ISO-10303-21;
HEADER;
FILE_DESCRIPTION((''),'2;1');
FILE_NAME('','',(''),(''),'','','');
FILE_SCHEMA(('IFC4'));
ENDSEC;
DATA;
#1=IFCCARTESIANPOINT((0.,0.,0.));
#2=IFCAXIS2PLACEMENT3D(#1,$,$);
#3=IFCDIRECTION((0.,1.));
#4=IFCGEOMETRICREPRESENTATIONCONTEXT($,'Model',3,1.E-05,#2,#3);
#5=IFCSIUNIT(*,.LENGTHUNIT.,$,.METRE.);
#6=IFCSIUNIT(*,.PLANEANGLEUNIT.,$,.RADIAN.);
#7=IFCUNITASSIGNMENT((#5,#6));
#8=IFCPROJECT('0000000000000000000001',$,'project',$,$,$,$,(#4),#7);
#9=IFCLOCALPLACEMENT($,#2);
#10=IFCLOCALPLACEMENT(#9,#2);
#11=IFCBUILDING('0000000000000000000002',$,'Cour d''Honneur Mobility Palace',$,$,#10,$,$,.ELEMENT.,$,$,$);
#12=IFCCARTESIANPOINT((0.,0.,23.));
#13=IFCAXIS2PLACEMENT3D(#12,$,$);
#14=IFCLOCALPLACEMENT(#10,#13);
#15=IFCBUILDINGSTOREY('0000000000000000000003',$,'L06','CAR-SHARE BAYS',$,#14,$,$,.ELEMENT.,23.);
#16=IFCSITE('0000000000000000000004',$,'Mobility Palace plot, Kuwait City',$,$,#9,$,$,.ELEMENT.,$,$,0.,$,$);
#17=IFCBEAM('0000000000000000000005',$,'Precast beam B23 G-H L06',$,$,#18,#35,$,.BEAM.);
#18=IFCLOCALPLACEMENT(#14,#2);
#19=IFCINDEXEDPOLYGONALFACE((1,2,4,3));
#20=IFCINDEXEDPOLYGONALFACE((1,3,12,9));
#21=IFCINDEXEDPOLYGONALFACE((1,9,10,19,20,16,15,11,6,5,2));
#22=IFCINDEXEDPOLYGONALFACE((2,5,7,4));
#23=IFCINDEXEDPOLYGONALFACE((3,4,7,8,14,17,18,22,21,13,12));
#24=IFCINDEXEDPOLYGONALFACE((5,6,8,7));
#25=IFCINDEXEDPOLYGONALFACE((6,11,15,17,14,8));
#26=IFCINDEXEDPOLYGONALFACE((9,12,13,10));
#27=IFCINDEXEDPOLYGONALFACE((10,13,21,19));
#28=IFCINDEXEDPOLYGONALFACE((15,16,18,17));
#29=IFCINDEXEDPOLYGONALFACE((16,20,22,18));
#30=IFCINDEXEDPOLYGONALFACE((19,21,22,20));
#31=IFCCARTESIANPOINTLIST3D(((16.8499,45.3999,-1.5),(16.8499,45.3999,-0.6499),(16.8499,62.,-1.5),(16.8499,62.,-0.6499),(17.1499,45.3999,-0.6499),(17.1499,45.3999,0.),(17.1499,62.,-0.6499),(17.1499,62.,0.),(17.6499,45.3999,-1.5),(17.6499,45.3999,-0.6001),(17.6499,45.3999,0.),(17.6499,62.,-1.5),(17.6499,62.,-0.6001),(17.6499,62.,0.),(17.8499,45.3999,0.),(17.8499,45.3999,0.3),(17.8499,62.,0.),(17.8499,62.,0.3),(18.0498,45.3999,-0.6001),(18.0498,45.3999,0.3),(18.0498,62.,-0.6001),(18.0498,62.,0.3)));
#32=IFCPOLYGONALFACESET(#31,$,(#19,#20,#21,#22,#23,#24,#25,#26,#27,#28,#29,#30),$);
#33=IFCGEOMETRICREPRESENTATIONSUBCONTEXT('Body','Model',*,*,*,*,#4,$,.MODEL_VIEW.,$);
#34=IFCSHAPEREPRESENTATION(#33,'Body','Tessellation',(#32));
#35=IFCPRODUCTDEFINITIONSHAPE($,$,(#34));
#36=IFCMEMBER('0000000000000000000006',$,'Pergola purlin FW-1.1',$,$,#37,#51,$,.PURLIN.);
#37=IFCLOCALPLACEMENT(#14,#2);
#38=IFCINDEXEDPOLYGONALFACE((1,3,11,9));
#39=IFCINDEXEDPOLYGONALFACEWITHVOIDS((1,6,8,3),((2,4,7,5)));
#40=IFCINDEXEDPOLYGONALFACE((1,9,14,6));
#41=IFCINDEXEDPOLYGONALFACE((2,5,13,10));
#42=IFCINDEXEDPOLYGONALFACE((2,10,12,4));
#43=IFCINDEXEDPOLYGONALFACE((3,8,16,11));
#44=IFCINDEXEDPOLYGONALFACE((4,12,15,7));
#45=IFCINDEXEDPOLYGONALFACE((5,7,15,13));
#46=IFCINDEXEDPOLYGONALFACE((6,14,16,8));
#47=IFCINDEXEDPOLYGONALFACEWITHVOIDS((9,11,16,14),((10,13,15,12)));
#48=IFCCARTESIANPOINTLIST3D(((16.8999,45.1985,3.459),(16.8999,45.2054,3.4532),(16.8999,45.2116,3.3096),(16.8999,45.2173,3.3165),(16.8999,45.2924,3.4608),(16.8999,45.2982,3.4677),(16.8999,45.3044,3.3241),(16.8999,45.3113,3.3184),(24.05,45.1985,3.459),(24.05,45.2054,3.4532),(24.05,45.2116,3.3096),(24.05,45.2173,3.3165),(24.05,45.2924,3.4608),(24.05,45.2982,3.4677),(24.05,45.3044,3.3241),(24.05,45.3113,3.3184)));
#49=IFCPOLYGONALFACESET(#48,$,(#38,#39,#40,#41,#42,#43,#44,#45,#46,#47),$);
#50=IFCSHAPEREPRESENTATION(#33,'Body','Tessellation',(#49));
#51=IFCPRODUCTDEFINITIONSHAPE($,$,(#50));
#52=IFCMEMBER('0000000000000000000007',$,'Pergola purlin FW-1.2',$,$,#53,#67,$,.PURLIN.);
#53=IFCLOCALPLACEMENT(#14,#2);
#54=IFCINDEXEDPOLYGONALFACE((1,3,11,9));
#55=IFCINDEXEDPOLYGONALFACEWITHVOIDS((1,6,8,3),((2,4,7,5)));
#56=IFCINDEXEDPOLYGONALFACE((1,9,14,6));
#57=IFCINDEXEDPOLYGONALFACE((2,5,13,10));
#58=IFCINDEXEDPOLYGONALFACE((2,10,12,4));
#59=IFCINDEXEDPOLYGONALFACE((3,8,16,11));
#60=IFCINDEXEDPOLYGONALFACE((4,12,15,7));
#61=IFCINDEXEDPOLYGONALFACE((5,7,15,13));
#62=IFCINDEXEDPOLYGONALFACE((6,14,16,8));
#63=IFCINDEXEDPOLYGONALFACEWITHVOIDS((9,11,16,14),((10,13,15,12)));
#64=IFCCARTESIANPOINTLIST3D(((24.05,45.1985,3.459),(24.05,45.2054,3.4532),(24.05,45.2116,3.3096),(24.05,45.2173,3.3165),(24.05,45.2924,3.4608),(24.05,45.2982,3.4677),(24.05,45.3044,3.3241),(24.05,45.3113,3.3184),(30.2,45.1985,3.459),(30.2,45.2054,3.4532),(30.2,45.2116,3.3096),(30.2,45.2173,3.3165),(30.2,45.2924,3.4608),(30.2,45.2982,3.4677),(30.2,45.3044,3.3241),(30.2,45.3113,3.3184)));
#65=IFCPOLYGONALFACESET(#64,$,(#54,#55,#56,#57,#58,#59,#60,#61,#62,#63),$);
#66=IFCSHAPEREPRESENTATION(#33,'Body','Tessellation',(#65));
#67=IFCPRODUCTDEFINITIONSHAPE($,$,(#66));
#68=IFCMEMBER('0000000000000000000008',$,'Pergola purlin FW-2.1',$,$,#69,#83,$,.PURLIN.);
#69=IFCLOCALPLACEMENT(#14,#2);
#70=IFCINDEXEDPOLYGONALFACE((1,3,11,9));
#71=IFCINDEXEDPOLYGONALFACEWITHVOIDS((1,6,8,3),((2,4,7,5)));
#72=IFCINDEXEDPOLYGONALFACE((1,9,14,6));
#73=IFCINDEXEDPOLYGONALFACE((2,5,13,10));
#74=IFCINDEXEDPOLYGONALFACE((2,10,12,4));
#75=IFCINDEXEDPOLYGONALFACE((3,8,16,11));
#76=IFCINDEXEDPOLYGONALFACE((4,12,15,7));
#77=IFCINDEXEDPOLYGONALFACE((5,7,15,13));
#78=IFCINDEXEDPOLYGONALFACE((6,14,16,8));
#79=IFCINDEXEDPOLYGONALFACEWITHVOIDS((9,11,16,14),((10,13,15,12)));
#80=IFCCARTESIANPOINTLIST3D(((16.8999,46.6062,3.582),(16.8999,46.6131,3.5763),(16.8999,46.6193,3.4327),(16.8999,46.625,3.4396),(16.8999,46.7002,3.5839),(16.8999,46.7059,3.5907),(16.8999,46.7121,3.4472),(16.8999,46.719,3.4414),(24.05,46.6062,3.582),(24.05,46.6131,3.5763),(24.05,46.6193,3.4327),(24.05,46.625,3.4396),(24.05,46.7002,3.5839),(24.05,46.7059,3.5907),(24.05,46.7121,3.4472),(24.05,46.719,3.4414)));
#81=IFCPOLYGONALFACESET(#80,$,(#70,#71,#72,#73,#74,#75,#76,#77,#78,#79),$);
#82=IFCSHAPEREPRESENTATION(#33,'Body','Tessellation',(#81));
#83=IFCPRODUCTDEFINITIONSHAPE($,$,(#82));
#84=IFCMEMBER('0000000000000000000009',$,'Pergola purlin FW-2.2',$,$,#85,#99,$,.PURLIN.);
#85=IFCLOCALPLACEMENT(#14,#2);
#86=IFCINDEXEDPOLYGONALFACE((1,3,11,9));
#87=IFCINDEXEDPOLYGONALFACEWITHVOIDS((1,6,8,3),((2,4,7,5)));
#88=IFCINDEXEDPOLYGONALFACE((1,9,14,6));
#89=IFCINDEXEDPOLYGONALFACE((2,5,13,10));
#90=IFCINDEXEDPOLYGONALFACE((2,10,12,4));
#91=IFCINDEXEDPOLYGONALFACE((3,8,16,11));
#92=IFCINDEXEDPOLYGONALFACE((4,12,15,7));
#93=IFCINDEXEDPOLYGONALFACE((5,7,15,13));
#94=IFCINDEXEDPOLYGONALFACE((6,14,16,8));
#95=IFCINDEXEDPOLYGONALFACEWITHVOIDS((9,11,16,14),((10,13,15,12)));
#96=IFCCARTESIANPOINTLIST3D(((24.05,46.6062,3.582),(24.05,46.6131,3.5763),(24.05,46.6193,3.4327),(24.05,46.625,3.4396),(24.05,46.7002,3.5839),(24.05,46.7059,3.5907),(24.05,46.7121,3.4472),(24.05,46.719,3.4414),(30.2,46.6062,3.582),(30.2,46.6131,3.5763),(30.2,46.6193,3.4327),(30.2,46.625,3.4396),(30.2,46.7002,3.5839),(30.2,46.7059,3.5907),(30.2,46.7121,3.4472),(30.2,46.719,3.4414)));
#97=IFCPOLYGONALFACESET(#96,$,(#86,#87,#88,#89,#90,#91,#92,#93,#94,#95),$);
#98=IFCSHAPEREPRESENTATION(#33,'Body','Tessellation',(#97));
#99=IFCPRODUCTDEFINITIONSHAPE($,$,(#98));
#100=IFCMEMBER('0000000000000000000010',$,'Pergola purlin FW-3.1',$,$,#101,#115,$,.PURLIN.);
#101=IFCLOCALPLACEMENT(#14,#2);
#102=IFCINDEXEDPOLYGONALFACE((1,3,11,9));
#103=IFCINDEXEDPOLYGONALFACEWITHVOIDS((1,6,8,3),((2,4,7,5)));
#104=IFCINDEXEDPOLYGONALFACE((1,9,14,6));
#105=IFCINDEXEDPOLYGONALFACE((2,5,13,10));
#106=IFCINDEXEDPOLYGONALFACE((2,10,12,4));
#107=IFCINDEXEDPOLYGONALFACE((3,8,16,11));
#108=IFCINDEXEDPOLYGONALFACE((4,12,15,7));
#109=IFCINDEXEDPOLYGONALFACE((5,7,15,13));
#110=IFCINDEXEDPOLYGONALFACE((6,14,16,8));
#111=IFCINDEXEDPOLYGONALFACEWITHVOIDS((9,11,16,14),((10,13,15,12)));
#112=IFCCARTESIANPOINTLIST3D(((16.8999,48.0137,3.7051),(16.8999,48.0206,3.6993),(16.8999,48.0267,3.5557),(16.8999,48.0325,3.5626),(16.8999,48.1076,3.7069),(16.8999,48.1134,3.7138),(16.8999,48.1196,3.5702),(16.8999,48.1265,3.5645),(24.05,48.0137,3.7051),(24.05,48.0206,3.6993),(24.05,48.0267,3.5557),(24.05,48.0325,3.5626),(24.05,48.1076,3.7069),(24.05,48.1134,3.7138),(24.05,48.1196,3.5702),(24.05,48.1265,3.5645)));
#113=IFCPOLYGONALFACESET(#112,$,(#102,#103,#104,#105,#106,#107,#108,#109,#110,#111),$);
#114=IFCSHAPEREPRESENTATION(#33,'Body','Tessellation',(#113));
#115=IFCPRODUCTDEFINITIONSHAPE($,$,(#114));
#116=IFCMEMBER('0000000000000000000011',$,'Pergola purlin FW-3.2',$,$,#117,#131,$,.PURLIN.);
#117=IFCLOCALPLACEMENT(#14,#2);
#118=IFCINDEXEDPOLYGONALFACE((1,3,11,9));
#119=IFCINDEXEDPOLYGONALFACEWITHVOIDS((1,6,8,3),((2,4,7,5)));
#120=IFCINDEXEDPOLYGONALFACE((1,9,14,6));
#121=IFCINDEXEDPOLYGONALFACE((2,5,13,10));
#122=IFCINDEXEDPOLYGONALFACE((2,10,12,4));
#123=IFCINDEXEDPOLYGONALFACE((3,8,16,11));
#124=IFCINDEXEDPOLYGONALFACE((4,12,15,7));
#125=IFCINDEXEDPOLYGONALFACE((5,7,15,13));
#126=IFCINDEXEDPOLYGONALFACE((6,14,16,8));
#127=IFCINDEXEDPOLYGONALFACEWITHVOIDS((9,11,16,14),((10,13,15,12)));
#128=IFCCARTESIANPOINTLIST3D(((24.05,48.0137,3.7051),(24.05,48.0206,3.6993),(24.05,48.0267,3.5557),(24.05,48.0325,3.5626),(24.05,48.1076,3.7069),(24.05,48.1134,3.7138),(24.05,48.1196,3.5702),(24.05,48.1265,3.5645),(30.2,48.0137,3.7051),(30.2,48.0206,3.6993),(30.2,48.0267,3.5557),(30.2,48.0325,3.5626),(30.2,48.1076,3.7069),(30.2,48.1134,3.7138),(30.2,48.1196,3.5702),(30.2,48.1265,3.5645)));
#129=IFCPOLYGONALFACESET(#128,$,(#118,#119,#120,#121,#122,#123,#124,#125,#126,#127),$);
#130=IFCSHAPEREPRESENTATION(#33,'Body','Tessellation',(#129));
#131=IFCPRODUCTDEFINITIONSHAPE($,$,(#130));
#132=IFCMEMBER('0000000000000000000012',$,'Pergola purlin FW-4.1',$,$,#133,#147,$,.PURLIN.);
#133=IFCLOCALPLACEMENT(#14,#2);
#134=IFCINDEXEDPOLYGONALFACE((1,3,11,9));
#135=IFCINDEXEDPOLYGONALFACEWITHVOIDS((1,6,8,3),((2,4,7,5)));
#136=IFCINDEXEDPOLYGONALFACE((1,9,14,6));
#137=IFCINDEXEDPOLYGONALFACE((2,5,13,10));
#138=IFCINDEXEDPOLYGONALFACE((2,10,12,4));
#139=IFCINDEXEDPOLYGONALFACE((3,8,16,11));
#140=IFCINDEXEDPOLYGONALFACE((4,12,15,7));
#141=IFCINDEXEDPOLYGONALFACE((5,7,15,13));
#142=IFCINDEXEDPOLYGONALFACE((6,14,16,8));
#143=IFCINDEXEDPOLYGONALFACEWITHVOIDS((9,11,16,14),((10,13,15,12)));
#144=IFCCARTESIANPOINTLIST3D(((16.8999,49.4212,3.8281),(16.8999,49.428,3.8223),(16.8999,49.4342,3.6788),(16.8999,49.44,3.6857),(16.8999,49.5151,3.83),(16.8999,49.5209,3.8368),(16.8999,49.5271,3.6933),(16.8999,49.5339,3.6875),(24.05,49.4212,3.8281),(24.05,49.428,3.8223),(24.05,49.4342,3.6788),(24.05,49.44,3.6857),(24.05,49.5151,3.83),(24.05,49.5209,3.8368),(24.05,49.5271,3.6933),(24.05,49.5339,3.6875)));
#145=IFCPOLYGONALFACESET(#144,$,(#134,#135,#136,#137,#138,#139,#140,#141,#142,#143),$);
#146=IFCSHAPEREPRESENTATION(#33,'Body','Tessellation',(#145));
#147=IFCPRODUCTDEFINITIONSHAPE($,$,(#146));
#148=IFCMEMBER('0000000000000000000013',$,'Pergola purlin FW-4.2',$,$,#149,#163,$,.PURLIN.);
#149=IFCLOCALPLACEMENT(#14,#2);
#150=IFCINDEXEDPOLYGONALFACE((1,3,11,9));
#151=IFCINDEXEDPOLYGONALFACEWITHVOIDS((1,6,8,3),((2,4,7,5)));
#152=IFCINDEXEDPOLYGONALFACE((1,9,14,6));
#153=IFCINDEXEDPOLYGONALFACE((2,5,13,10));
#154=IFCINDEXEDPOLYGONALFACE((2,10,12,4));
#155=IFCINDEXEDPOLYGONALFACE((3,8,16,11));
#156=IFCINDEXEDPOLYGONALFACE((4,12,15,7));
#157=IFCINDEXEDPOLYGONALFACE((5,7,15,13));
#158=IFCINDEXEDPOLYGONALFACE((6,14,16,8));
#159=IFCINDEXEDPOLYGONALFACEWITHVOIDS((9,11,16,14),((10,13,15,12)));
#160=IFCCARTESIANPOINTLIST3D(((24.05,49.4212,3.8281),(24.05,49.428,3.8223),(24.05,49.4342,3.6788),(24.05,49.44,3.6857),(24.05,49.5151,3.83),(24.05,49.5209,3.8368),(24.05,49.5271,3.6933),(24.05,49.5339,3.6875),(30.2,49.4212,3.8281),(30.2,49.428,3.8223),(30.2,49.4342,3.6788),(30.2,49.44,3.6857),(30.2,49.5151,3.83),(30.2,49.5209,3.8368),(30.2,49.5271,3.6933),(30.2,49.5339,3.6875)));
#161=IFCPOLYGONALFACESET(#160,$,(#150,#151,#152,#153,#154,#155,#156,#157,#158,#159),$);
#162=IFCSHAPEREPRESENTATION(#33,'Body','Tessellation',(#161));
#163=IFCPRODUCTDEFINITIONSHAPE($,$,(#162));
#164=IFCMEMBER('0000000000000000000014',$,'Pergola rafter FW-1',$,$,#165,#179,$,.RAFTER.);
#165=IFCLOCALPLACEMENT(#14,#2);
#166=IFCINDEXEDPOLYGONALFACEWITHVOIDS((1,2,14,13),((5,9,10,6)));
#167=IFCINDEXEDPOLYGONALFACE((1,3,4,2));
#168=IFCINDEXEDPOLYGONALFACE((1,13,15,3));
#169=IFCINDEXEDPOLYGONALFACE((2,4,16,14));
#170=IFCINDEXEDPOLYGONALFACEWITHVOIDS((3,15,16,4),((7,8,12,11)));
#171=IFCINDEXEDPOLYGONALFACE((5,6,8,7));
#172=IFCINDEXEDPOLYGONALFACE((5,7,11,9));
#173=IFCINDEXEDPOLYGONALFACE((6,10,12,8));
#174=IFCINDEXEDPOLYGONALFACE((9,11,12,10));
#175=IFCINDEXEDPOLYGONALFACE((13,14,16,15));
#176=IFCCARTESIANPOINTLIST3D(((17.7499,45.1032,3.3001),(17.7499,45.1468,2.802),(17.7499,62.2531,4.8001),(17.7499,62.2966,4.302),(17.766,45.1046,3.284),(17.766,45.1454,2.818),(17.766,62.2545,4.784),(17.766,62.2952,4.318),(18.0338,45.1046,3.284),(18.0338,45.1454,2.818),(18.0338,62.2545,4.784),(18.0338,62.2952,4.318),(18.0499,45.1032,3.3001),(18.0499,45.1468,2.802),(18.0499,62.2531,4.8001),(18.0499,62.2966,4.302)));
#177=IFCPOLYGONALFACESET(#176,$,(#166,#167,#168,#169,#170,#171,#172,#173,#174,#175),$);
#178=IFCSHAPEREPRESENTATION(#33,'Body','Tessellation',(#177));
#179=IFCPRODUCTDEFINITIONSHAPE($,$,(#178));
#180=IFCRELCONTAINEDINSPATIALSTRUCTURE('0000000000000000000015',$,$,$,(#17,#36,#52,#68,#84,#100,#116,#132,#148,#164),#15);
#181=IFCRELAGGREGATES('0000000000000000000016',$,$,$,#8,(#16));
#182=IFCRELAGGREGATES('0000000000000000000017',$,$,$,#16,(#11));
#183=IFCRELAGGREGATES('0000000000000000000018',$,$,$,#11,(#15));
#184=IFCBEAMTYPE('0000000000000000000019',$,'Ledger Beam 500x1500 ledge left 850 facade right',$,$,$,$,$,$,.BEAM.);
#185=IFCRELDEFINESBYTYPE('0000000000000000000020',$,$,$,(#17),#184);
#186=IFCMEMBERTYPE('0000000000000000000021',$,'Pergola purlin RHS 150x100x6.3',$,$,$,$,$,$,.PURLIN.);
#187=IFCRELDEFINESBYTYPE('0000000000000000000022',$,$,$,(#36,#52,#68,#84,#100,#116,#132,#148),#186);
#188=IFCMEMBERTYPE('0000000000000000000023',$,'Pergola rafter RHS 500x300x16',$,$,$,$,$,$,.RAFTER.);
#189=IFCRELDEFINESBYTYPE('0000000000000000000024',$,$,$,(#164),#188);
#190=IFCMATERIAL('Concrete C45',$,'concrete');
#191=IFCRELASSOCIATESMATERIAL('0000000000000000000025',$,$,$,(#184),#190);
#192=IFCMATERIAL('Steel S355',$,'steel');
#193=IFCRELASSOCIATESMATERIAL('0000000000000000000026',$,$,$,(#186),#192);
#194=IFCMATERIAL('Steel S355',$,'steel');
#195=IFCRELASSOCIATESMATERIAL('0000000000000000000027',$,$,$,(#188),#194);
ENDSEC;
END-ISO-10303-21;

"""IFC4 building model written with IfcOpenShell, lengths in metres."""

from ifc_helpers import new_model, si_unit, direction, frame, origin, origin_2d, place, context, subcontext, project, spatial, polyline, hollow_rectangle, outline, extrude, material, material_profile, profile_set, type_object, element, save


model = new_model("IFC4")

# Units and contexts
model_context = context("Model", 3, precision=1e-05, world=origin(), true_north=direction((0.0, 1.0)))
body_context = subcontext(model_context, "Body", "Model", "MODEL_VIEW")
ifc_project = project(units=[si_unit("LENGTHUNIT", "METRE"), si_unit("PLANEANGLEUNIT", "RADIAN")], contexts=[model_context])

# Site, building, storey
site_placement = place(None, origin())
site = spatial("IfcSite", under=ifc_project, at=site_placement, Name="Mobility Palace plot, Kuwait City", CompositionType="ELEMENT", RefElevation=0.0)
building_placement = place(site_placement, origin())
building = spatial("IfcBuilding", under=site, at=building_placement, Name="Cour d'Honneur Mobility Palace", CompositionType="ELEMENT")
storey_placement = place(building_placement, frame((0.0, 0.0, 23.0)))
storey = spatial("IfcBuildingStorey", under=building, at=storey_placement, Name="L06", Description="CAR-SHARE BAYS", CompositionType="ELEMENT", Elevation=23.0)

# Beam
ifc_material_1 = material(Name="Concrete C45", Category="concrete")
ifc_material_profile_1 = material_profile(ifc_material_1, outline(polyline([(0.55, -1.5), (0.55, -0.6499), (0.25, -0.6499), (0.25, 0.0), (-0.25, 0.0), (-0.45, 0.0), (-0.45, 0.3), (-0.6499, 0.3), (-0.6499, -0.6001), (-0.25, -0.6001), (-0.25, -1.5), (0.55, -1.5)])), Name="Ledger Beam 500x1500 ledge left 850 facade right")
ifc_profile_set_1 = profile_set([ifc_material_profile_1], Name="Concrete C45")
beam_type = type_object("IfcBeamType", Name="Ledger Beam 500x1500 ledge left 850 facade right", PredefinedType="BEAM", material=ifc_profile_set_1)
beam_placement = place(storey_placement, frame((17.3999, 45.3999, 0.0), z_axis=(0.0, 1.0, 0.0), x_axis=(-1.0, 0.0, 0.0)))
element("IfcBeam", 1, at=beam_placement, inside=storey, type_object=beam_type, Name="Precast beam B23 G-H L06", PredefinedType="BEAM", context=body_context, shape_type="SweptSolid", body=[
    extrude(outline(polyline([(0.55, -1.5), (0.55, -0.6499), (0.25, -0.6499), (0.25, 0.0), (-0.25, 0.0), (-0.45, 0.0), (-0.45, 0.3), (-0.6499, 0.3), (-0.6499, -0.6001), (-0.25, -0.6001), (-0.25, -1.5), (0.55, -1.5)])), origin(), (0.0, 0.0, 1.0), 16.6001),
])

# Members
ifc_material_2 = material(Name="Steel S355", Category="steel")
ifc_material_profile_2 = material_profile(ifc_material_2, hollow_rectangle(XDim=0.1001, YDim=0.1499, WallThickness=0.0063, at=origin_2d()), Name="RHS 150x100x6.3")
ifc_profile_set_2 = profile_set([ifc_material_profile_2], Name="Steel S355")
member_type_1 = type_object("IfcMemberType", Name="Pergola purlin RHS 150x100x6.3", PredefinedType="PURLIN", material=ifc_profile_set_2)
member_1_placement = place(storey_placement, frame((16.8999, 45.2549, 3.3887), z_axis=(1.0, 0.0, 0.0), x_axis=(0.0, 0.996197, 0.087131)))
element("IfcMember", 2, at=member_1_placement, inside=storey, type_object=member_type_1, Name="Pergola purlin FW-1.1", PredefinedType="PURLIN", context=body_context, shape_type="SweptSolid", body=[
    extrude(hollow_rectangle(XDim=0.1001, YDim=0.1499, WallThickness=0.0063, at=origin_2d()), origin(), (0.0, 0.0, 1.0), 7.1501),
])
member_2_placement = place(storey_placement, frame((24.05, 45.2549, 3.3887), z_axis=(1.0, 0.0, 0.0), x_axis=(0.0, 0.996197, 0.087131)))
element("IfcMember", 3, at=member_2_placement, inside=storey, type_object=member_type_1, Name="Pergola purlin FW-1.2", PredefinedType="PURLIN", context=body_context, shape_type="SweptSolid", body=[
    extrude(hollow_rectangle(XDim=0.1001, YDim=0.1499, WallThickness=0.0063, at=origin_2d()), origin(), (0.0, 0.0, 1.0), 6.1499),
])
member_3_placement = place(storey_placement, frame((16.8999, 46.6626, 3.5117), z_axis=(1.0, 0.0, 0.0), x_axis=(0.0, 0.996197, 0.087131)))
element("IfcMember", 4, at=member_3_placement, inside=storey, type_object=member_type_1, Name="Pergola purlin FW-2.1", PredefinedType="PURLIN", context=body_context, shape_type="SweptSolid", body=[
    extrude(hollow_rectangle(XDim=0.1001, YDim=0.1499, WallThickness=0.0063, at=origin_2d()), origin(), (0.0, 0.0, 1.0), 7.1501),
])
member_4_placement = place(storey_placement, frame((24.05, 46.6626, 3.5117), z_axis=(1.0, 0.0, 0.0), x_axis=(0.0, 0.996197, 0.087131)))
element("IfcMember", 5, at=member_4_placement, inside=storey, type_object=member_type_1, Name="Pergola purlin FW-2.2", PredefinedType="PURLIN", context=body_context, shape_type="SweptSolid", body=[
    extrude(hollow_rectangle(XDim=0.1001, YDim=0.1499, WallThickness=0.0063, at=origin_2d()), origin(), (0.0, 0.0, 1.0), 6.1499),
])
member_5_placement = place(storey_placement, frame((16.8999, 48.0701, 3.6348), z_axis=(1.0, 0.0, 0.0), x_axis=(0.0, 0.996197, 0.087131)))
element("IfcMember", 6, at=member_5_placement, inside=storey, type_object=member_type_1, Name="Pergola purlin FW-3.1", PredefinedType="PURLIN", context=body_context, shape_type="SweptSolid", body=[
    extrude(hollow_rectangle(XDim=0.1001, YDim=0.1499, WallThickness=0.0063, at=origin_2d()), origin(), (0.0, 0.0, 1.0), 7.1501),
])
member_6_placement = place(storey_placement, frame((24.05, 48.0701, 3.6348), z_axis=(1.0, 0.0, 0.0), x_axis=(0.0, 0.996197, 0.087131)))
element("IfcMember", 7, at=member_6_placement, inside=storey, type_object=member_type_1, Name="Pergola purlin FW-3.2", PredefinedType="PURLIN", context=body_context, shape_type="SweptSolid", body=[
    extrude(hollow_rectangle(XDim=0.1001, YDim=0.1499, WallThickness=0.0063, at=origin_2d()), origin(), (0.0, 0.0, 1.0), 6.1499),
])
member_7_placement = place(storey_placement, frame((16.8999, 49.4775, 3.7578), z_axis=(1.0, 0.0, 0.0), x_axis=(0.0, 0.996197, 0.087131)))
element("IfcMember", 8, at=member_7_placement, inside=storey, type_object=member_type_1, Name="Pergola purlin FW-4.1", PredefinedType="PURLIN", context=body_context, shape_type="SweptSolid", body=[
    extrude(hollow_rectangle(XDim=0.1001, YDim=0.1499, WallThickness=0.0063, at=origin_2d()), origin(), (0.0, 0.0, 1.0), 7.1501),
])
member_8_placement = place(storey_placement, frame((24.05, 49.4775, 3.7578), z_axis=(1.0, 0.0, 0.0), x_axis=(0.0, 0.996197, 0.087131)))
element("IfcMember", 9, at=member_8_placement, inside=storey, type_object=member_type_1, Name="Pergola purlin FW-4.2", PredefinedType="PURLIN", context=body_context, shape_type="SweptSolid", body=[
    extrude(hollow_rectangle(XDim=0.1001, YDim=0.1499, WallThickness=0.0063, at=origin_2d()), origin(), (0.0, 0.0, 1.0), 6.1499),
])
ifc_material_3 = material(Name="Steel S355", Category="steel")
ifc_material_profile_3 = material_profile(ifc_material_3, hollow_rectangle(XDim=0.3, YDim=0.5, WallThickness=0.0161, at=origin_2d()), Name="RHS 500x300x16")
ifc_profile_set_3 = profile_set([ifc_material_profile_3], Name="Steel S355")
member_type_2 = type_object("IfcMemberType", Name="Pergola rafter RHS 500x300x16", PredefinedType="RAFTER", material=ifc_profile_set_3)
for number, where, z_axis, x_axis, name in (
    (10, (17.8999, 45.125, 3.051), (0.0, 0.996197, 0.087131), (-1.0, 0.0, 0.0), "Pergola rafter FW-1"),
):
    element("IfcMember", number, at=place(storey_placement, frame(where, z_axis=z_axis, x_axis=x_axis)), inside=storey, type_object=member_type_2, Name=name, PredefinedType="RAFTER", context=body_context, shape_type="SweptSolid", body=[
        extrude(hollow_rectangle(XDim=0.3, YDim=0.5, WallThickness=0.0161, at=origin_2d()), origin(), (0.0, 0.0, 1.0), 17.2153),
    ])

save(model, "model.ifc")
